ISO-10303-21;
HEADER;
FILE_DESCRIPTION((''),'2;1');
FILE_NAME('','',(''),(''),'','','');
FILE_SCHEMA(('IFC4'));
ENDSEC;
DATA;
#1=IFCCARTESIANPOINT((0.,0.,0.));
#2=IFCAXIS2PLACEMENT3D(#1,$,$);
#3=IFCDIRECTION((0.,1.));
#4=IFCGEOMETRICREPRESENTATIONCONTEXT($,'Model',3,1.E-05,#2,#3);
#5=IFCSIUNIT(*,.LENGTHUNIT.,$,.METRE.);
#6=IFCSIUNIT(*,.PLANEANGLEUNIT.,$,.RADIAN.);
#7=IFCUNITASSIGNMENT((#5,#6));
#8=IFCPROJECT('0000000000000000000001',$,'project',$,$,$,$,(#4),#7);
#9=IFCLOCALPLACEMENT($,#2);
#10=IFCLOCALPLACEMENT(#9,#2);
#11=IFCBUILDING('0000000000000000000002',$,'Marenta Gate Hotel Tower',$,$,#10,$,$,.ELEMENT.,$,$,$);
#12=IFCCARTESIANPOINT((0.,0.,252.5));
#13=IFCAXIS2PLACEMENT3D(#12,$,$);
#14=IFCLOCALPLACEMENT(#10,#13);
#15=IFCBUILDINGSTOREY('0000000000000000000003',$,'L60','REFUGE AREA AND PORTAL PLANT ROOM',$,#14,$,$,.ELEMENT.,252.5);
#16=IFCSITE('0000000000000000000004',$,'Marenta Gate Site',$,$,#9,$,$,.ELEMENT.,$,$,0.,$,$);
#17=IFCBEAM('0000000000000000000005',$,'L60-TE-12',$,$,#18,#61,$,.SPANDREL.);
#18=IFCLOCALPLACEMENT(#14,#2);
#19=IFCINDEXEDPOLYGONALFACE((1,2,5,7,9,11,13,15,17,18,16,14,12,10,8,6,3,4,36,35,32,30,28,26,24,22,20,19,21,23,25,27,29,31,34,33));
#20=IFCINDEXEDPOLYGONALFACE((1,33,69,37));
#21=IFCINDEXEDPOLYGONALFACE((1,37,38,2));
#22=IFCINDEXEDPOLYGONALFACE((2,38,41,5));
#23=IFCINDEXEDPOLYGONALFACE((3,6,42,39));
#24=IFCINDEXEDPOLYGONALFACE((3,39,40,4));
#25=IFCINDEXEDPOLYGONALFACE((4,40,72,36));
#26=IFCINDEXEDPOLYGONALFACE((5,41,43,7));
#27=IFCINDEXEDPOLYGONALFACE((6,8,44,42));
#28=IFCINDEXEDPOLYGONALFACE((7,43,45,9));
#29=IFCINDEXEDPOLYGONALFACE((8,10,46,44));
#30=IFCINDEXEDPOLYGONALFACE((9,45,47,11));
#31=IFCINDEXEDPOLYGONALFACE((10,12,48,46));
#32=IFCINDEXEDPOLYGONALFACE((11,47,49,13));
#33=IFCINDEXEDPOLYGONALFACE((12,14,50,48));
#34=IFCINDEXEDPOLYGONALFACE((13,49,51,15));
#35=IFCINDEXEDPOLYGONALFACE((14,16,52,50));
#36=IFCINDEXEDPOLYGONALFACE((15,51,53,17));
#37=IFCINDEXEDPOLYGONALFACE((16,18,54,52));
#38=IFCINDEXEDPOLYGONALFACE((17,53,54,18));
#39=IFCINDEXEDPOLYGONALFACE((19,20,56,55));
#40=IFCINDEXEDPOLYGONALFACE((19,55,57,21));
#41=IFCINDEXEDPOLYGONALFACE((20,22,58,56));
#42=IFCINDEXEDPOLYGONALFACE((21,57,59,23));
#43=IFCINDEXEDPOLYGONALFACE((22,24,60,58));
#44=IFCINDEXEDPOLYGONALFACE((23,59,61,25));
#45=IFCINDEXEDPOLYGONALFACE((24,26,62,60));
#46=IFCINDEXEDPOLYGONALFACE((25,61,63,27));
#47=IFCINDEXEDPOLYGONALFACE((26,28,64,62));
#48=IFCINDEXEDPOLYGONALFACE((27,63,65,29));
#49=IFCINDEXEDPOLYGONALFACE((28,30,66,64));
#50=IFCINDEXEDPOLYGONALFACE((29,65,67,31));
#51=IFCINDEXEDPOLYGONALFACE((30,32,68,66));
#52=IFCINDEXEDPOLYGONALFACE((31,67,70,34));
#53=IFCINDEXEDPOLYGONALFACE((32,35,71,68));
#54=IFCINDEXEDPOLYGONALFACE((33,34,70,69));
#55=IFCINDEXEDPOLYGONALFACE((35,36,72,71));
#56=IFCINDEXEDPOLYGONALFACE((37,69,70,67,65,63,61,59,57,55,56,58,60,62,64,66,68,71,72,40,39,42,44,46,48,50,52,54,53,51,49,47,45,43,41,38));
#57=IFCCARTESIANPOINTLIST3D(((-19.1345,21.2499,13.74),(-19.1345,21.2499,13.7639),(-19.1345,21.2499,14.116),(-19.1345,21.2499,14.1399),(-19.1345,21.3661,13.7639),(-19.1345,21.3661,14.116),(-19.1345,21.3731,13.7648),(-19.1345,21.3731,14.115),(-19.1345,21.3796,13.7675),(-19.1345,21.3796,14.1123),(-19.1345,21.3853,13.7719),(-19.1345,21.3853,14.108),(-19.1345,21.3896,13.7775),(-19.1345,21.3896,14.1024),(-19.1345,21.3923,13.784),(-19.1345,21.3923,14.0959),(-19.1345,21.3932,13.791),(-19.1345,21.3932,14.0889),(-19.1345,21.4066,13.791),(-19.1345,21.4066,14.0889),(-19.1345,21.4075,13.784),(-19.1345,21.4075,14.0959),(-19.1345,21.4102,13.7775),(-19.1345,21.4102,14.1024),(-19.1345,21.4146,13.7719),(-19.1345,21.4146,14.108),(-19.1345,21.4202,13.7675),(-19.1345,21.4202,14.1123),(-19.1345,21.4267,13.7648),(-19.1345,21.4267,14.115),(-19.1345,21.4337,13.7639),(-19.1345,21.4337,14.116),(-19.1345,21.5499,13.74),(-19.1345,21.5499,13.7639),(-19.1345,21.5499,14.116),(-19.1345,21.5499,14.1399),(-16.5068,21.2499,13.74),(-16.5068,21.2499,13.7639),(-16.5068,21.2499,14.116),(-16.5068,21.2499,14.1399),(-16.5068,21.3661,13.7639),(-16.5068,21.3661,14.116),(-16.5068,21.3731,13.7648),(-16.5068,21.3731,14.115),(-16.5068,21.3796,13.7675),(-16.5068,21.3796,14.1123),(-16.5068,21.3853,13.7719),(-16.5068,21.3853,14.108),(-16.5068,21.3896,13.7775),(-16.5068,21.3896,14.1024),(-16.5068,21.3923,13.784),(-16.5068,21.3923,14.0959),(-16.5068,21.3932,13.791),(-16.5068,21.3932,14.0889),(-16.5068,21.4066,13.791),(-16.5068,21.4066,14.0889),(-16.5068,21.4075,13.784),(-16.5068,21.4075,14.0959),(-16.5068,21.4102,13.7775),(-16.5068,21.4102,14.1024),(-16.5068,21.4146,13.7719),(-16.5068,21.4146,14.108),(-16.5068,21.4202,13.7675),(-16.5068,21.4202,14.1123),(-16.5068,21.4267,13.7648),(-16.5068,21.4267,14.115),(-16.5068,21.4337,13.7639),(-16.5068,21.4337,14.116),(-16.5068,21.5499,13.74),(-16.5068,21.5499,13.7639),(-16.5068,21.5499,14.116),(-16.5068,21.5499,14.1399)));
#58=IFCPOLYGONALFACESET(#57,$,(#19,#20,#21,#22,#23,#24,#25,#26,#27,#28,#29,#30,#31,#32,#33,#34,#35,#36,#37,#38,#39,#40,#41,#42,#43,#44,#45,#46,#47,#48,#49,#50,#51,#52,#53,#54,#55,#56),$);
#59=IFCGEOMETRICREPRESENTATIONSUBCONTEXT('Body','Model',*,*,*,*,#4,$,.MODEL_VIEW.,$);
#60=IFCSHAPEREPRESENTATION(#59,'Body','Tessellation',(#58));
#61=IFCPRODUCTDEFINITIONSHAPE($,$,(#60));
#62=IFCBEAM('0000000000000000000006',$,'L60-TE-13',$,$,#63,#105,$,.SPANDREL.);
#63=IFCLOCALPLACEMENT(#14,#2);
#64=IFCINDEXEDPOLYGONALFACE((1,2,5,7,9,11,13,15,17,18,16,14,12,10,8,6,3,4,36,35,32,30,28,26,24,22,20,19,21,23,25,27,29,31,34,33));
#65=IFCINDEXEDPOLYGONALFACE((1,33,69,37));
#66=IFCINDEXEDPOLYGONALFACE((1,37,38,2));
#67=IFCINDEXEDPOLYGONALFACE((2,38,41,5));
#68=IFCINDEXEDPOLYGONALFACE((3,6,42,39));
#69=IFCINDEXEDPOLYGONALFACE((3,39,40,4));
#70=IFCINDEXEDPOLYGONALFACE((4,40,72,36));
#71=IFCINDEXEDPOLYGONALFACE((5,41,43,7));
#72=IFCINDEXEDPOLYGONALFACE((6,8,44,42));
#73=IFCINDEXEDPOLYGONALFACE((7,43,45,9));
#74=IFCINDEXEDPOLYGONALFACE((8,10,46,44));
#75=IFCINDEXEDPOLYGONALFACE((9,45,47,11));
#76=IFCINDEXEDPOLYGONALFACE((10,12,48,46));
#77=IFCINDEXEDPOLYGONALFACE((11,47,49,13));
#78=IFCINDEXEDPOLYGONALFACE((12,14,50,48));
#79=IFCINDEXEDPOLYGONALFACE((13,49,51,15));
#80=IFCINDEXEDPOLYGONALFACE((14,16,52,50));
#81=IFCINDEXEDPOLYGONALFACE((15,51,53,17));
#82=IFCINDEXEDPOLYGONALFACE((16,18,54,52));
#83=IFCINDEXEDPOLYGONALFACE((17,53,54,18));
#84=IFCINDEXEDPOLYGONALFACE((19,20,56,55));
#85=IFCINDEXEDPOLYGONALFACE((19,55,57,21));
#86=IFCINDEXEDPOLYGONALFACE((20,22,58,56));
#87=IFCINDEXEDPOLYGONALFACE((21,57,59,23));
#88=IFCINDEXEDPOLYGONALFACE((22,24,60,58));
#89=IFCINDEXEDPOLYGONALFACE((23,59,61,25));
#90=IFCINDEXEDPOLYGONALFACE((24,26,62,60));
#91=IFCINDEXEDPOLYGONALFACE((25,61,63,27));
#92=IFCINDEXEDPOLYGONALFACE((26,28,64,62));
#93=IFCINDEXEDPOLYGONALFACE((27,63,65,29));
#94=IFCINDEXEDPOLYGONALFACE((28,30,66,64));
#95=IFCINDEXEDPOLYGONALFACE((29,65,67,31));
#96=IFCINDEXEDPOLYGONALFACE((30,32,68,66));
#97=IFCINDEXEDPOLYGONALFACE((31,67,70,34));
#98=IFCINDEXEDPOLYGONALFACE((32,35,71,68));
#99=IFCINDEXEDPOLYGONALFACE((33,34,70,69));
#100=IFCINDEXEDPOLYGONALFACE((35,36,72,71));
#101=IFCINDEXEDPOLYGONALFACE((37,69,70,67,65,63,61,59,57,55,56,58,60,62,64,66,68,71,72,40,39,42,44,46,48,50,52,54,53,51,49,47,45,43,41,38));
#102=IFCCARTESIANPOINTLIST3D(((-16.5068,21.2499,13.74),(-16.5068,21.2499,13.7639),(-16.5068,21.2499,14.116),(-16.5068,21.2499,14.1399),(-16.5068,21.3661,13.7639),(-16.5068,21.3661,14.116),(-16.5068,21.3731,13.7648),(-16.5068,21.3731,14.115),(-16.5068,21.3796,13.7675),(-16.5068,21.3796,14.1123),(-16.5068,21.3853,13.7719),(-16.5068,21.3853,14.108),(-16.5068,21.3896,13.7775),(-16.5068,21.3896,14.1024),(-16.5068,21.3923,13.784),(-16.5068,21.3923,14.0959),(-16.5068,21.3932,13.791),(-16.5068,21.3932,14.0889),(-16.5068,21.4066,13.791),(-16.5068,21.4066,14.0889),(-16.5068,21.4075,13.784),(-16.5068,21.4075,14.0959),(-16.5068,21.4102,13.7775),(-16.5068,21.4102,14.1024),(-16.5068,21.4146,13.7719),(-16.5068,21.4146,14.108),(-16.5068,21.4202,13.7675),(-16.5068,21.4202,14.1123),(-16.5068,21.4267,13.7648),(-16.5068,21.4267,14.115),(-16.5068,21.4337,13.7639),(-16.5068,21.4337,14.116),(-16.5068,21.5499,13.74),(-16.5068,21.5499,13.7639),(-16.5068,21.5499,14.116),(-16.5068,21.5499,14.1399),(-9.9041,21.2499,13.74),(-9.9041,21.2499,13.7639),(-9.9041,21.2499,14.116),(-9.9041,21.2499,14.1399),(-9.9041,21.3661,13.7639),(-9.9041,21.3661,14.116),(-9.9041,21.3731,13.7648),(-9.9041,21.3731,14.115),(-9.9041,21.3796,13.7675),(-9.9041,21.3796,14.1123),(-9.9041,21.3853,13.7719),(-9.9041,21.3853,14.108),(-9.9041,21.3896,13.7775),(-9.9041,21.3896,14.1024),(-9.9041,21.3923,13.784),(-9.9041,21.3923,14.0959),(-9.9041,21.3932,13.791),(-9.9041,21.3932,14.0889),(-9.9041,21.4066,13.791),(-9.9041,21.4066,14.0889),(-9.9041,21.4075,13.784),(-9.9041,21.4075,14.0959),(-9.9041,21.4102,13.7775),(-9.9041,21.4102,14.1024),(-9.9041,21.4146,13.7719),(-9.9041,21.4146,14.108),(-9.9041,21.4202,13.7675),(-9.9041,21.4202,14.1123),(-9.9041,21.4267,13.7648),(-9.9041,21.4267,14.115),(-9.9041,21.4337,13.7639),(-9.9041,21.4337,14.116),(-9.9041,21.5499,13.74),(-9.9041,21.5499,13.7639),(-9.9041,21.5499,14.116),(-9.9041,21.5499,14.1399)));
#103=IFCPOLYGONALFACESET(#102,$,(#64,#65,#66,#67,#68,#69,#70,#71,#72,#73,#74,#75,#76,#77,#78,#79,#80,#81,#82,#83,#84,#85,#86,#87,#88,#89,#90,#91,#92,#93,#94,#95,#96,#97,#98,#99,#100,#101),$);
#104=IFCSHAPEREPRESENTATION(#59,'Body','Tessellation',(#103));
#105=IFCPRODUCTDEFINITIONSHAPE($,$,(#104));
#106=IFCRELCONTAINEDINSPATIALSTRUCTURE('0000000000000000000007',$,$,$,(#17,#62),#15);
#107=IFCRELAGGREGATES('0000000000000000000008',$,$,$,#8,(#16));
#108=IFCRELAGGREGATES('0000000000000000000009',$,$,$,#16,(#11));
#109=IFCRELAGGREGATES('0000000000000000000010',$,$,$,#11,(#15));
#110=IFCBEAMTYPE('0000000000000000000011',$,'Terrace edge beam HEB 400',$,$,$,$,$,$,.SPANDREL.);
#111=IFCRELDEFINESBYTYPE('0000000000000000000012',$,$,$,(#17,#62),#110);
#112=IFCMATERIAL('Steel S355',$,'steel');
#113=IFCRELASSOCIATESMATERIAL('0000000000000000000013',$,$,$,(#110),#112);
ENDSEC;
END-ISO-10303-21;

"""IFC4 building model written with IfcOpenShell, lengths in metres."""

from ifc_helpers import new_model, si_unit, direction, frame, origin, origin_2d, place, context, subcontext, project, spatial, i_section, extrude, material, material_profile, profile_set, type_object, element, save


model = new_model("IFC4")

# Units and contexts
model_context = context("Model", 3, precision=1e-05, world=origin(), true_north=direction((0.0, 1.0)))
body_context = subcontext(model_context, "Body", "Model", "MODEL_VIEW")
ifc_project = project(units=[si_unit("LENGTHUNIT", "METRE"), si_unit("PLANEANGLEUNIT", "RADIAN")], contexts=[model_context])

# Site, building, storey
site_placement = place(None, origin())
site = spatial("IfcSite", under=ifc_project, at=site_placement, Name="Marenta Gate Site", CompositionType="ELEMENT", RefElevation=0.0)
building_placement = place(site_placement, origin())
building = spatial("IfcBuilding", under=site, at=building_placement, Name="Marenta Gate Hotel Tower", CompositionType="ELEMENT")
storey_placement = place(building_placement, frame((0.0, 0.0, 252.5)))
storey = spatial("IfcBuildingStorey", under=building, at=storey_placement, Name="L60", Description="REFUGE AREA AND PORTAL PLANT ROOM", CompositionType="ELEMENT", Elevation=252.5)

# Beams
ifc_material_1 = material(Name="Steel S355", Category="steel")
ifc_material_profile_1 = material_profile(ifc_material_1, i_section(OverallWidth=0.3, OverallDepth=0.3999, WebThickness=0.0134, FlangeThickness=0.0239, FilletRadius=0.0271, at=origin_2d()), Name="HEB 400")
ifc_profile_set_1 = profile_set([ifc_material_profile_1], Name="Steel S355")
beam_type_1 = type_object("IfcBeamType", Name="Terrace edge beam HEB 400", PredefinedType="SPANDREL", material=ifc_profile_set_1)
beam_1_placement = place(storey_placement, frame((-19.1345, 21.3999, 13.9399), z_axis=(1.0, 0.0, 0.0), x_axis=(0.0, 1.0, 0.0)))
element("IfcBeam", 1, at=beam_1_placement, inside=storey, type_object=beam_type_1, Name="L60-TE-12", PredefinedType="SPANDREL", context=body_context, shape_type="SweptSolid", body=[
    extrude(i_section(OverallWidth=0.3, OverallDepth=0.3999, WebThickness=0.0134, FlangeThickness=0.0239, FilletRadius=0.0271, at=origin_2d()), origin(), (0.0, 0.0, 1.0), 2.6277),
])
beam_2_placement = place(storey_placement, frame((-16.5068, 21.3999, 13.9399), z_axis=(1.0, 0.0, 0.0), x_axis=(0.0, 1.0, 0.0)))
element("IfcBeam", 2, at=beam_2_placement, inside=storey, type_object=beam_type_1, Name="L60-TE-13", PredefinedType="SPANDREL", context=body_context, shape_type="SweptSolid", body=[
    extrude(i_section(OverallWidth=0.3, OverallDepth=0.3999, WebThickness=0.0134, FlangeThickness=0.0239, FilletRadius=0.0271, at=origin_2d()), origin(), (0.0, 0.0, 1.0), 6.6028),
])

save(model, "model.ifc")
